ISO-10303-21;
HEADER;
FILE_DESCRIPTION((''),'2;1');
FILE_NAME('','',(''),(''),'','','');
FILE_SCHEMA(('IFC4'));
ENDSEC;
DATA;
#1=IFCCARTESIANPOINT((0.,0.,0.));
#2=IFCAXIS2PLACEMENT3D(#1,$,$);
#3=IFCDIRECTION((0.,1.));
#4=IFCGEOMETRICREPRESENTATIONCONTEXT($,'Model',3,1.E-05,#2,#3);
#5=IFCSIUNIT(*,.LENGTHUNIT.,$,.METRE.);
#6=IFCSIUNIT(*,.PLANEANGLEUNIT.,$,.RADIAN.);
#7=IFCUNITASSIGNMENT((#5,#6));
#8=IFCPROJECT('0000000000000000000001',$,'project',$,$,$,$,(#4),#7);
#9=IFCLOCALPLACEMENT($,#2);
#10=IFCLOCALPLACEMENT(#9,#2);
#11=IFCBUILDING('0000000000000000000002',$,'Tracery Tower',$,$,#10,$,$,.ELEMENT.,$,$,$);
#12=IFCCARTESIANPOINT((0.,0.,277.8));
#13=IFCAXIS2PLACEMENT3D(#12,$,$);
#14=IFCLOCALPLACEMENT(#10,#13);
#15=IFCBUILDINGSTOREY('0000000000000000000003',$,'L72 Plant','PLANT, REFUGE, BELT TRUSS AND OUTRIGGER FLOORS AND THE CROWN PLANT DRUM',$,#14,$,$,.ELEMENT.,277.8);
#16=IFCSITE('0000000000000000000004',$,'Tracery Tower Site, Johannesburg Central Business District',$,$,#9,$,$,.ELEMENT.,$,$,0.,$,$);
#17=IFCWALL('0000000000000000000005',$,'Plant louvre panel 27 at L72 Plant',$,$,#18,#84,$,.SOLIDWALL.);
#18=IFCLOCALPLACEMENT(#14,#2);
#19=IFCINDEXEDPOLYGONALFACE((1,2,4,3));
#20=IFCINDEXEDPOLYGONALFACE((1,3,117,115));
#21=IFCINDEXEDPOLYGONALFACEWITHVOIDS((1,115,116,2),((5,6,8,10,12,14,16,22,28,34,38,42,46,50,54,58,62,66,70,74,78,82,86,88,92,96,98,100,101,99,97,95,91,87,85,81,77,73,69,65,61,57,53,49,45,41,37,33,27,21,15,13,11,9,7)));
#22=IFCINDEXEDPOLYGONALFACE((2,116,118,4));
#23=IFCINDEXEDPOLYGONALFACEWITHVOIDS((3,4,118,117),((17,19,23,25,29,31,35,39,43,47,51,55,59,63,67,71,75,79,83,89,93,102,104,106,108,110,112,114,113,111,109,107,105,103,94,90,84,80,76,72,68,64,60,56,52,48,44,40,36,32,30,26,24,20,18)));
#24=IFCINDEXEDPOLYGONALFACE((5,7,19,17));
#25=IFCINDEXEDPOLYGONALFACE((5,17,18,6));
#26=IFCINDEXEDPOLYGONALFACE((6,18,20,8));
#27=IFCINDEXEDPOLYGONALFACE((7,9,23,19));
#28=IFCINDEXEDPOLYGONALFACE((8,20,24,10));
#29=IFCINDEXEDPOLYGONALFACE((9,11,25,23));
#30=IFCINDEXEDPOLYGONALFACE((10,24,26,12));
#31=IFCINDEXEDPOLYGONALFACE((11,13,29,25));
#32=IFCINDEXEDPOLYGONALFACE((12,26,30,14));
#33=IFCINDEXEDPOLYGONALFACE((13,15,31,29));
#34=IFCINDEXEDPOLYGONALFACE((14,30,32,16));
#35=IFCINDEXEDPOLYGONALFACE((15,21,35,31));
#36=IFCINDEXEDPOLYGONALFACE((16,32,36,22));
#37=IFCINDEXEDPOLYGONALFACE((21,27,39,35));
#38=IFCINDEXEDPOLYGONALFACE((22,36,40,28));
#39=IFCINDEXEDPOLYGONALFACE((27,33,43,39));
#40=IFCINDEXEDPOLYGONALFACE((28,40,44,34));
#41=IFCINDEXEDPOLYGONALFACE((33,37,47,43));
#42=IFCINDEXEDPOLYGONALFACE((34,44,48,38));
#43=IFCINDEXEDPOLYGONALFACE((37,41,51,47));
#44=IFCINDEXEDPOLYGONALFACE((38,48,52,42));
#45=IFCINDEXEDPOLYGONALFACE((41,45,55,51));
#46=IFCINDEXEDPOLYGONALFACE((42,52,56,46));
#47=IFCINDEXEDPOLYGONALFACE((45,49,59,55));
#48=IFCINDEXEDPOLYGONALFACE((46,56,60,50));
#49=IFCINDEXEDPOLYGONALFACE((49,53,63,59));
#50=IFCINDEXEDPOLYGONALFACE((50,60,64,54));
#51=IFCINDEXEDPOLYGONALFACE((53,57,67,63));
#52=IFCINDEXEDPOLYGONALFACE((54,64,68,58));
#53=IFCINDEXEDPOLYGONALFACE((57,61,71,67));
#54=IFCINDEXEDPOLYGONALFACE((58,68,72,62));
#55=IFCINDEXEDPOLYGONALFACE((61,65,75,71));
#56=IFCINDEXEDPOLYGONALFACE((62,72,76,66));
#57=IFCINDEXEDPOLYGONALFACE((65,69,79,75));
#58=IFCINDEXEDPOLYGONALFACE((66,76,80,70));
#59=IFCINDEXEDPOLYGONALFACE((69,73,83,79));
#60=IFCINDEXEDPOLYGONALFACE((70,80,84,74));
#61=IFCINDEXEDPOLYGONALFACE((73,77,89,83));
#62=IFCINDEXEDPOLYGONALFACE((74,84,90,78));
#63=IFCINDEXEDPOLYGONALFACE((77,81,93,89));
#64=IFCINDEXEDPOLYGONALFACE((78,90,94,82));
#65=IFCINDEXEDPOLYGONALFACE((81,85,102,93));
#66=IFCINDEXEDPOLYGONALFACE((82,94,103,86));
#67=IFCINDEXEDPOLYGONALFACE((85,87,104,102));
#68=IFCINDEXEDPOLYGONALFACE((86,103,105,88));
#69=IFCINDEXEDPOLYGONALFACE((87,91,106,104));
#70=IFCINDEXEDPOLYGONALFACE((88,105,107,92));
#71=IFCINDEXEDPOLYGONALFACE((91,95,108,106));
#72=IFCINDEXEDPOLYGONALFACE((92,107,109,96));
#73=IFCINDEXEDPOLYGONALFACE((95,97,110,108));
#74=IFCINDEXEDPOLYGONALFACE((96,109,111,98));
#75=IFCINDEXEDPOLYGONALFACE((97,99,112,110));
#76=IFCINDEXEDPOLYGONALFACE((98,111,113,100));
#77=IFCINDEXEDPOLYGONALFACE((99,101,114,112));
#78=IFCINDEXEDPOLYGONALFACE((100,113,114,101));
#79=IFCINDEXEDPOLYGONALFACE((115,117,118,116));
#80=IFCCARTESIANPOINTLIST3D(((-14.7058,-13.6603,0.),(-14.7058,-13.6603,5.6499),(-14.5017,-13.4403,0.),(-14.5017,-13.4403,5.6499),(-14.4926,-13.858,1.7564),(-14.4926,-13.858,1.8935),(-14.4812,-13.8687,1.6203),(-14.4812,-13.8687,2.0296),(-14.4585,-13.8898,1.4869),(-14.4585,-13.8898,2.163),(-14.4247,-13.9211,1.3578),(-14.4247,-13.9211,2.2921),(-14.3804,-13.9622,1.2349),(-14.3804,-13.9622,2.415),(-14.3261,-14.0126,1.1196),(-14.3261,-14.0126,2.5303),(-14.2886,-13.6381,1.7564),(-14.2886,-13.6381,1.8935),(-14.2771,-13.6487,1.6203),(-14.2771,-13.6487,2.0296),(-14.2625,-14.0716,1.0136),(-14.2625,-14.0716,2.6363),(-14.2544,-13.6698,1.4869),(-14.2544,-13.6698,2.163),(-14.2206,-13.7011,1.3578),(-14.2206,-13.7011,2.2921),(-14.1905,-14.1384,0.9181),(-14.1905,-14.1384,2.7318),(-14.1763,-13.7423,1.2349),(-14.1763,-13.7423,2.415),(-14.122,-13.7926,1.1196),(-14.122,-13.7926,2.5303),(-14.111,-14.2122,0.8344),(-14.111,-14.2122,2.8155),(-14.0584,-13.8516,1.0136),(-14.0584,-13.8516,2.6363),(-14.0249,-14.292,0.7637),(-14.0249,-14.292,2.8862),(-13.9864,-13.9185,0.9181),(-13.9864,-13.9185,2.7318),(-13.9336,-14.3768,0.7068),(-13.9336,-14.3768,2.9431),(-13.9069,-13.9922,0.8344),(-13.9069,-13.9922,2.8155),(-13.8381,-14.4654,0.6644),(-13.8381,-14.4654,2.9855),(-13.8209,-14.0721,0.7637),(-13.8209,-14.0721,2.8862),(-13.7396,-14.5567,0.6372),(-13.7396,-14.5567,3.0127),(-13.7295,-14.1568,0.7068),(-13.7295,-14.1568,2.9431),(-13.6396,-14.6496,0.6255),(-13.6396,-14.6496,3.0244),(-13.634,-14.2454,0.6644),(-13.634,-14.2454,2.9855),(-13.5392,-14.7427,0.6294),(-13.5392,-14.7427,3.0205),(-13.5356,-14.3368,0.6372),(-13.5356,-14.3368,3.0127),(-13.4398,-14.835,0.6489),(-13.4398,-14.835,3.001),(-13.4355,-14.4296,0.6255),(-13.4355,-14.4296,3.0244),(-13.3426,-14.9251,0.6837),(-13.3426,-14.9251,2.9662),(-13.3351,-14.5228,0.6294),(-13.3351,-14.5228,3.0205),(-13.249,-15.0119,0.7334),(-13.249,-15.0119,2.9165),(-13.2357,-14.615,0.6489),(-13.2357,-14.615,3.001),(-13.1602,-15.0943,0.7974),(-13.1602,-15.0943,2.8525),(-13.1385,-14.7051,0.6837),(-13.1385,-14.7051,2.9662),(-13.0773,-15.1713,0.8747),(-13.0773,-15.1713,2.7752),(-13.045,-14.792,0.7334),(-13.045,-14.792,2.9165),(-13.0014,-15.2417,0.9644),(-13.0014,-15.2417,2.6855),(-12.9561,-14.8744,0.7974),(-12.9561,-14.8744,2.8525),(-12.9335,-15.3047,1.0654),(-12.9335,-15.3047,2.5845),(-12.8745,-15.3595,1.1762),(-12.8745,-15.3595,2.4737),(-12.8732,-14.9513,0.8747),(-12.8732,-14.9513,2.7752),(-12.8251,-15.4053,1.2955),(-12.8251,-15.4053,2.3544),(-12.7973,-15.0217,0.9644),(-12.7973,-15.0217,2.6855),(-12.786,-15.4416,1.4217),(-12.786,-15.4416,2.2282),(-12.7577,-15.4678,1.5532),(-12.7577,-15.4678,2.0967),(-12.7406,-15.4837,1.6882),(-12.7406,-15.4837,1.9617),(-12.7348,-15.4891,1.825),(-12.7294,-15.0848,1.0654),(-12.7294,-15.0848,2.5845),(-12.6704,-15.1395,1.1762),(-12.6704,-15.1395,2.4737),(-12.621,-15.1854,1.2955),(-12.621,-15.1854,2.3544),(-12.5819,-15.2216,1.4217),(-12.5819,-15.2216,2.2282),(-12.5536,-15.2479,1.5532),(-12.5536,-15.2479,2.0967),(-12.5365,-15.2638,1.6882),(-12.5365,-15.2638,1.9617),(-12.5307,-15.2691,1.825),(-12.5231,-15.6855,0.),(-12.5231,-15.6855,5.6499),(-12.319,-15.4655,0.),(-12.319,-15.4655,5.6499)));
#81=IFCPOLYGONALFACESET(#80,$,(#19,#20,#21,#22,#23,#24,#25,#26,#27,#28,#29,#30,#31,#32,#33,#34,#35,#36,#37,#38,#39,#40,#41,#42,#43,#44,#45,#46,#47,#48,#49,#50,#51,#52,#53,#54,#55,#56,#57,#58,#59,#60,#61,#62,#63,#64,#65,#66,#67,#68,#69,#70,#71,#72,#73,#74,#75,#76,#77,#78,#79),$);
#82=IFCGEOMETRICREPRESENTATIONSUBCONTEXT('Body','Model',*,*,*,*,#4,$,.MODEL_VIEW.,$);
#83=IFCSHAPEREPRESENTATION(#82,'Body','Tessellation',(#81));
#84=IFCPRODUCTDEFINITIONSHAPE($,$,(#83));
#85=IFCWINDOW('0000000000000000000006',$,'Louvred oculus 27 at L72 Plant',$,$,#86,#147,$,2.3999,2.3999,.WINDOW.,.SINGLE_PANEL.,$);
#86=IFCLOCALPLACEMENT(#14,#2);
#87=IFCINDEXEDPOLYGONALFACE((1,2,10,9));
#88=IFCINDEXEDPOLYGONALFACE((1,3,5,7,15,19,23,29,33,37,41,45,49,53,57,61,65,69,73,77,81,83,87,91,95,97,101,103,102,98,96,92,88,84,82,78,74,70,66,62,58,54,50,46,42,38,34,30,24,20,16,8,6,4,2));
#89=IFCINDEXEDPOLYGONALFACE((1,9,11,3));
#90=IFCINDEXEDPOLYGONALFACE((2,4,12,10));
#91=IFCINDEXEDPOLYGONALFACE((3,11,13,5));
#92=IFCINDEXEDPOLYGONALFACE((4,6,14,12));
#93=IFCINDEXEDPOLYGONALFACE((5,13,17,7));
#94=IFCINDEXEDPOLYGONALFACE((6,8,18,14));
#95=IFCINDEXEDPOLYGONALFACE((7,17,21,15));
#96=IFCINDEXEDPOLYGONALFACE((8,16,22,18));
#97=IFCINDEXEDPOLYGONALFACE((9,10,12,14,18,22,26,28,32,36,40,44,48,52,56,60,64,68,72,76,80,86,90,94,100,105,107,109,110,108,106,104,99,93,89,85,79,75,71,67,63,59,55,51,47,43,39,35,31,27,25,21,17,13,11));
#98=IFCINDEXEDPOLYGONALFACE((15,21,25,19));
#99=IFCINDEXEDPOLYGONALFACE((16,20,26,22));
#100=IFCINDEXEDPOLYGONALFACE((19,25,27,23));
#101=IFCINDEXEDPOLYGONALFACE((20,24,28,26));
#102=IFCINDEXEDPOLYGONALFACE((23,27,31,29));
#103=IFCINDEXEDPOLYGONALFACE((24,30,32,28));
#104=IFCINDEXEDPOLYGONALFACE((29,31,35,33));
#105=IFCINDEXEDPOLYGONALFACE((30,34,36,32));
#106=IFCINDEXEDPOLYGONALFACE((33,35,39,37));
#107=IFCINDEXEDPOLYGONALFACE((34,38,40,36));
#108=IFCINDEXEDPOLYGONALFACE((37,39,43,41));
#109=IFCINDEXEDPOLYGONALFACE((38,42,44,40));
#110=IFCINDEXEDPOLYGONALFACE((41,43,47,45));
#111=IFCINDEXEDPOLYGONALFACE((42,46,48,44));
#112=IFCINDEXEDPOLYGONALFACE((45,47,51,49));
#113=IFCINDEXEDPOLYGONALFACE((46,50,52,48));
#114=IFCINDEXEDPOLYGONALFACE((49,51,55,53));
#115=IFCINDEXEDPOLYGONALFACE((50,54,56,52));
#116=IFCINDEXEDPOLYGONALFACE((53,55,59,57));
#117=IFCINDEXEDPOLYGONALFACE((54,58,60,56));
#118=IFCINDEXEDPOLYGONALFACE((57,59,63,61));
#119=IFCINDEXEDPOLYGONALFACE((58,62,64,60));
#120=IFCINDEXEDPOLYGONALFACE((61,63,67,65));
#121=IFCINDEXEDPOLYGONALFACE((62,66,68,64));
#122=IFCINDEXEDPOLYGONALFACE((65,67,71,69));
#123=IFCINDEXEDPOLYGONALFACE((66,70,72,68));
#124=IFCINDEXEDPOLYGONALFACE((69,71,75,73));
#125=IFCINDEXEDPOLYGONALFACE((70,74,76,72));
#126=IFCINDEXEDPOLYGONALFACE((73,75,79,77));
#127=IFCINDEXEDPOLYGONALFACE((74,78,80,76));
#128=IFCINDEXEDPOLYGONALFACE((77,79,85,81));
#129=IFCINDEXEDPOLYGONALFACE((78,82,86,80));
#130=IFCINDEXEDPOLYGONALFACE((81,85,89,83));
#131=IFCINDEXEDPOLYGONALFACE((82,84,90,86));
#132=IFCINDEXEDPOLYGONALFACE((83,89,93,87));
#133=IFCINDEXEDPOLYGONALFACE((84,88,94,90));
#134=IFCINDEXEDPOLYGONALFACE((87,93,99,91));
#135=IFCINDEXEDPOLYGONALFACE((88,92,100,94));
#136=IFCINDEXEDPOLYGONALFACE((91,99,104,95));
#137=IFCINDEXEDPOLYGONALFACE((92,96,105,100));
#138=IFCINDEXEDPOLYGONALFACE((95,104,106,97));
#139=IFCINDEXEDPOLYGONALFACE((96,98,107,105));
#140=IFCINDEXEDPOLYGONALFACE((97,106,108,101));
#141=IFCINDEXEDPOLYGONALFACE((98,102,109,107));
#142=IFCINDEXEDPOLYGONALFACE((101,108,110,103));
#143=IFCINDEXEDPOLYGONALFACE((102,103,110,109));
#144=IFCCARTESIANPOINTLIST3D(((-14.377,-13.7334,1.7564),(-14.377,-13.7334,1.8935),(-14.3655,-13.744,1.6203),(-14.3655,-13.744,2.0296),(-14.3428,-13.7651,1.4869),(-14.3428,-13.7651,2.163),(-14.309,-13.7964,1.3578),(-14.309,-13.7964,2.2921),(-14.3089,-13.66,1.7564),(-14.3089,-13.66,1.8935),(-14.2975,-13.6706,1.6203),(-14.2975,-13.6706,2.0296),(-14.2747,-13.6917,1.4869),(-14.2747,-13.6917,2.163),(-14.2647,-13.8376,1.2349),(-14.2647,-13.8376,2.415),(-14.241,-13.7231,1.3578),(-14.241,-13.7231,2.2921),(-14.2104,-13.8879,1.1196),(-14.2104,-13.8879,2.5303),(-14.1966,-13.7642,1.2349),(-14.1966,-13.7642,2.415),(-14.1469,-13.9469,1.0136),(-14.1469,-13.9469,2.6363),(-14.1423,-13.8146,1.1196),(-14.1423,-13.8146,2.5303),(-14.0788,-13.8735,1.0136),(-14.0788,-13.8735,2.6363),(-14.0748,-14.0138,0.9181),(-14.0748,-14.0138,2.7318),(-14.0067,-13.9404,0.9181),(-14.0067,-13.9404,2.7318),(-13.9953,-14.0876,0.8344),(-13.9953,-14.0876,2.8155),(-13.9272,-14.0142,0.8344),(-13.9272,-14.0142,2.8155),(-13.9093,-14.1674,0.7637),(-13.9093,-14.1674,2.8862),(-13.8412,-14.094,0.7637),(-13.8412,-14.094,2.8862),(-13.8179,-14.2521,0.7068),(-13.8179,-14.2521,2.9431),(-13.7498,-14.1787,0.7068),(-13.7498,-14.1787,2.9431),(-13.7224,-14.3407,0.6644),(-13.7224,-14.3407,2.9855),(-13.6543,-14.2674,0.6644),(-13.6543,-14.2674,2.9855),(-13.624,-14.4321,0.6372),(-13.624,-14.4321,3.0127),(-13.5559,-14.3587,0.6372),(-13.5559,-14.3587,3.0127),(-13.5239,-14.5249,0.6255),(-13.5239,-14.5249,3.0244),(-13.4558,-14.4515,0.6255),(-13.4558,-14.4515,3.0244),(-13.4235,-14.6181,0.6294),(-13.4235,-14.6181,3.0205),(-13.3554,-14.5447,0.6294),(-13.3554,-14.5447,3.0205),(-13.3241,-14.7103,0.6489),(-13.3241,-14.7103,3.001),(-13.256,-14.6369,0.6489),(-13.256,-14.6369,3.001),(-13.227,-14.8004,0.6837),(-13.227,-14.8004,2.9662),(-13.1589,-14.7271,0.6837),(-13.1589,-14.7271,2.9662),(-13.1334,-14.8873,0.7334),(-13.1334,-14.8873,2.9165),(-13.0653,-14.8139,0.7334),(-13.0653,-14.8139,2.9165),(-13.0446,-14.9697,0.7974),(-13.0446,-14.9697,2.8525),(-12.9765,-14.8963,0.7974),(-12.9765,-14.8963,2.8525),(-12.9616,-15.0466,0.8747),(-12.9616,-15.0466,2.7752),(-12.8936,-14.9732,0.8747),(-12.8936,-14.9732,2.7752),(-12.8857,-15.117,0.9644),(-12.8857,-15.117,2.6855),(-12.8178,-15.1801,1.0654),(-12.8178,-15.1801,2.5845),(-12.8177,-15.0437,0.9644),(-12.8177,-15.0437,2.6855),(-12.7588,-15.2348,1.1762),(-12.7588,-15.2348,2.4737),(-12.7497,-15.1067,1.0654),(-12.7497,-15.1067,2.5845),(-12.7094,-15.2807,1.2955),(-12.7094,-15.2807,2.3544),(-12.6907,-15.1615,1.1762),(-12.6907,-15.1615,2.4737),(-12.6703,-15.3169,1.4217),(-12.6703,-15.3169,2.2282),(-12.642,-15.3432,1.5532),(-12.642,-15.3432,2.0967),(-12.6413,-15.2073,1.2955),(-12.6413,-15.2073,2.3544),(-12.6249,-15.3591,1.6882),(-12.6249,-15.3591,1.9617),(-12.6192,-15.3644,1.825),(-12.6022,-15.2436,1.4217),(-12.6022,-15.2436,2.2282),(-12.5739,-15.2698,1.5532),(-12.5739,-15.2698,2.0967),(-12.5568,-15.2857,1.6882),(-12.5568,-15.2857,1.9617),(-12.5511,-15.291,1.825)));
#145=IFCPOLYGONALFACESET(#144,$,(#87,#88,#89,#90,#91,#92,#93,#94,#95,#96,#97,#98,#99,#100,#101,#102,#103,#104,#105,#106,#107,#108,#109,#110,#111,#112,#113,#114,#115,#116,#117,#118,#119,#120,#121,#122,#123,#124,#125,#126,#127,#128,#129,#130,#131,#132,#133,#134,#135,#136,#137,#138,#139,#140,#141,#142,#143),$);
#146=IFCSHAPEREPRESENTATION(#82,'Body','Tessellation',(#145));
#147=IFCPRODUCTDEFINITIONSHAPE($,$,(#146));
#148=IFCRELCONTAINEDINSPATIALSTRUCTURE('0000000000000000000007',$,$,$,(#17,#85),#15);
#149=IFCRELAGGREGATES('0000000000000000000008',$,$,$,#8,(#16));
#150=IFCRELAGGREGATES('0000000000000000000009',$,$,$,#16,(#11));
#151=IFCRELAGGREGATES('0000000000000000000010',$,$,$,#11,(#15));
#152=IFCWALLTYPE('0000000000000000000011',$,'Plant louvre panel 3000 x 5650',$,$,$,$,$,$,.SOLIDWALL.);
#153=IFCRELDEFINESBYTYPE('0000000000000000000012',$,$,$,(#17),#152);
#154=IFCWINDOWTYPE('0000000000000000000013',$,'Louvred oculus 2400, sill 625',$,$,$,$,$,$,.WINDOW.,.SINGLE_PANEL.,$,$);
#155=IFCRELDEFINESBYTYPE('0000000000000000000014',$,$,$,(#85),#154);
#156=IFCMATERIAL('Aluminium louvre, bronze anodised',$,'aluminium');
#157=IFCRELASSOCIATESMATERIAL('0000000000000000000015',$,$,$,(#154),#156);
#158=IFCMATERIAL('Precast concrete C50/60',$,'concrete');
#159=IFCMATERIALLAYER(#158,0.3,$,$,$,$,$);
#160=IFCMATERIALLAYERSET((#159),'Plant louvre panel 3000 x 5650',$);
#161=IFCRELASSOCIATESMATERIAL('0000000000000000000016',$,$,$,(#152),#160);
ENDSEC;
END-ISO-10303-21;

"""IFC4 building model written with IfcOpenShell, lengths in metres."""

from ifc_helpers import new_model, si_unit, direction, frame, frame_2d, origin, origin_2d, place, context, subcontext, project, spatial, rectangle, circle, extrude, material, layer, layer_set, type_object, element, fill, save


model = new_model("IFC4")

# Units and contexts
model_context = context("Model", 3, precision=1e-05, world=origin(), true_north=direction((0.0, 1.0)))
body_context = subcontext(model_context, "Body", "Model", "MODEL_VIEW")
ifc_project = project(units=[si_unit("LENGTHUNIT", "METRE"), si_unit("PLANEANGLEUNIT", "RADIAN")], contexts=[model_context])

# Site, building, storey
site_placement = place(None, origin())
site = spatial("IfcSite", under=ifc_project, at=site_placement, Name="Tracery Tower Site, Johannesburg Central Business District", CompositionType="ELEMENT", RefElevation=0.0)
building_placement = place(site_placement, origin())
building = spatial("IfcBuilding", under=site, at=building_placement, Name="Tracery Tower", CompositionType="ELEMENT")
storey_placement = place(building_placement, frame((0.0, 0.0, 277.8)))
storey = spatial("IfcBuildingStorey", under=building, at=storey_placement, Name="L72 Plant", Description="PLANT, REFUGE, BELT TRUSS AND OUTRIGGER FLOORS AND THE CROWN PLANT DRUM", CompositionType="ELEMENT", Elevation=277.8)

# Wall, opening, window
ifc_material_1 = material(Name="Aluminium louvre, bronze anodised", Category="aluminium")
window_type = type_object("IfcWindowType", Name="Louvred oculus 2400, sill 625", PartitioningType="SINGLE_PANEL", PredefinedType="WINDOW", material=ifc_material_1)
ifc_material_2 = material(Name="Precast concrete C50/60", Category="concrete")
ifc_layer_1 = layer(ifc_material_2, 0.3)
ifc_layer_set_1 = layer_set([ifc_layer_1], Name="Plant louvre panel 3000 x 5650")
wall_type_1 = type_object("IfcWallType", Name="Plant louvre panel 3000 x 5650", PredefinedType="SOLIDWALL", material=ifc_layer_set_1)
wall_1_placement = place(storey_placement, frame((-14.6038, -13.5503, 0.0), z_axis=(0.0, 0.0, 1.0), x_axis=(0.733056, -0.680168, 0.0)))
wall_1 = element("IfcWall", 1, at=wall_1_placement, inside=storey, type_object=wall_type_1, Name="Plant louvre panel 27 at L72 Plant", PredefinedType="SOLIDWALL", context=body_context, shape_type="SweptSolid", body=[
    extrude(rectangle(XDim=2.9775, YDim=0.3, at=frame_2d((1.4888, 0.0))), origin(), (0.0, 0.0, 1.0), 5.6499),
])
opening_1_placement = place(wall_1_placement, frame((1.4888, 0.0, 1.825)))
opening_1 = element("IfcOpeningElement", 2, at=opening_1_placement, cuts=wall_1, PredefinedType="OPENING", context=body_context, shape_type="SweptSolid", body=[
    extrude(circle(Radius=1.2, at=origin_2d()), frame((0.0, 0.1599, 0.0), z_axis=(0.0, -1.0, 0.0), x_axis=(1.0, 0.0, 0.0)), (0.0, 0.0, 1.0), 0.3201),
])
window_1_placement = place(opening_1_placement, origin())
window_1 = element("IfcWindow", 3, at=window_1_placement, inside=storey, type_object=window_type, Name="Louvred oculus 27 at L72 Plant", OverallHeight=2.3999, OverallWidth=2.3999, PartitioningType="SINGLE_PANEL", PredefinedType="WINDOW", context=body_context, shape_type="SweptSolid", body=[
    extrude(circle(Radius=1.2, at=origin_2d()), frame((0.0, 0.1201, 0.0), z_axis=(0.0, -1.0, 0.0), x_axis=(1.0, 0.0, 0.0)), (0.0, 0.0, 1.0), 0.1001),
])
fill(opening_1, window_1)

save(model, "model.ifc")
